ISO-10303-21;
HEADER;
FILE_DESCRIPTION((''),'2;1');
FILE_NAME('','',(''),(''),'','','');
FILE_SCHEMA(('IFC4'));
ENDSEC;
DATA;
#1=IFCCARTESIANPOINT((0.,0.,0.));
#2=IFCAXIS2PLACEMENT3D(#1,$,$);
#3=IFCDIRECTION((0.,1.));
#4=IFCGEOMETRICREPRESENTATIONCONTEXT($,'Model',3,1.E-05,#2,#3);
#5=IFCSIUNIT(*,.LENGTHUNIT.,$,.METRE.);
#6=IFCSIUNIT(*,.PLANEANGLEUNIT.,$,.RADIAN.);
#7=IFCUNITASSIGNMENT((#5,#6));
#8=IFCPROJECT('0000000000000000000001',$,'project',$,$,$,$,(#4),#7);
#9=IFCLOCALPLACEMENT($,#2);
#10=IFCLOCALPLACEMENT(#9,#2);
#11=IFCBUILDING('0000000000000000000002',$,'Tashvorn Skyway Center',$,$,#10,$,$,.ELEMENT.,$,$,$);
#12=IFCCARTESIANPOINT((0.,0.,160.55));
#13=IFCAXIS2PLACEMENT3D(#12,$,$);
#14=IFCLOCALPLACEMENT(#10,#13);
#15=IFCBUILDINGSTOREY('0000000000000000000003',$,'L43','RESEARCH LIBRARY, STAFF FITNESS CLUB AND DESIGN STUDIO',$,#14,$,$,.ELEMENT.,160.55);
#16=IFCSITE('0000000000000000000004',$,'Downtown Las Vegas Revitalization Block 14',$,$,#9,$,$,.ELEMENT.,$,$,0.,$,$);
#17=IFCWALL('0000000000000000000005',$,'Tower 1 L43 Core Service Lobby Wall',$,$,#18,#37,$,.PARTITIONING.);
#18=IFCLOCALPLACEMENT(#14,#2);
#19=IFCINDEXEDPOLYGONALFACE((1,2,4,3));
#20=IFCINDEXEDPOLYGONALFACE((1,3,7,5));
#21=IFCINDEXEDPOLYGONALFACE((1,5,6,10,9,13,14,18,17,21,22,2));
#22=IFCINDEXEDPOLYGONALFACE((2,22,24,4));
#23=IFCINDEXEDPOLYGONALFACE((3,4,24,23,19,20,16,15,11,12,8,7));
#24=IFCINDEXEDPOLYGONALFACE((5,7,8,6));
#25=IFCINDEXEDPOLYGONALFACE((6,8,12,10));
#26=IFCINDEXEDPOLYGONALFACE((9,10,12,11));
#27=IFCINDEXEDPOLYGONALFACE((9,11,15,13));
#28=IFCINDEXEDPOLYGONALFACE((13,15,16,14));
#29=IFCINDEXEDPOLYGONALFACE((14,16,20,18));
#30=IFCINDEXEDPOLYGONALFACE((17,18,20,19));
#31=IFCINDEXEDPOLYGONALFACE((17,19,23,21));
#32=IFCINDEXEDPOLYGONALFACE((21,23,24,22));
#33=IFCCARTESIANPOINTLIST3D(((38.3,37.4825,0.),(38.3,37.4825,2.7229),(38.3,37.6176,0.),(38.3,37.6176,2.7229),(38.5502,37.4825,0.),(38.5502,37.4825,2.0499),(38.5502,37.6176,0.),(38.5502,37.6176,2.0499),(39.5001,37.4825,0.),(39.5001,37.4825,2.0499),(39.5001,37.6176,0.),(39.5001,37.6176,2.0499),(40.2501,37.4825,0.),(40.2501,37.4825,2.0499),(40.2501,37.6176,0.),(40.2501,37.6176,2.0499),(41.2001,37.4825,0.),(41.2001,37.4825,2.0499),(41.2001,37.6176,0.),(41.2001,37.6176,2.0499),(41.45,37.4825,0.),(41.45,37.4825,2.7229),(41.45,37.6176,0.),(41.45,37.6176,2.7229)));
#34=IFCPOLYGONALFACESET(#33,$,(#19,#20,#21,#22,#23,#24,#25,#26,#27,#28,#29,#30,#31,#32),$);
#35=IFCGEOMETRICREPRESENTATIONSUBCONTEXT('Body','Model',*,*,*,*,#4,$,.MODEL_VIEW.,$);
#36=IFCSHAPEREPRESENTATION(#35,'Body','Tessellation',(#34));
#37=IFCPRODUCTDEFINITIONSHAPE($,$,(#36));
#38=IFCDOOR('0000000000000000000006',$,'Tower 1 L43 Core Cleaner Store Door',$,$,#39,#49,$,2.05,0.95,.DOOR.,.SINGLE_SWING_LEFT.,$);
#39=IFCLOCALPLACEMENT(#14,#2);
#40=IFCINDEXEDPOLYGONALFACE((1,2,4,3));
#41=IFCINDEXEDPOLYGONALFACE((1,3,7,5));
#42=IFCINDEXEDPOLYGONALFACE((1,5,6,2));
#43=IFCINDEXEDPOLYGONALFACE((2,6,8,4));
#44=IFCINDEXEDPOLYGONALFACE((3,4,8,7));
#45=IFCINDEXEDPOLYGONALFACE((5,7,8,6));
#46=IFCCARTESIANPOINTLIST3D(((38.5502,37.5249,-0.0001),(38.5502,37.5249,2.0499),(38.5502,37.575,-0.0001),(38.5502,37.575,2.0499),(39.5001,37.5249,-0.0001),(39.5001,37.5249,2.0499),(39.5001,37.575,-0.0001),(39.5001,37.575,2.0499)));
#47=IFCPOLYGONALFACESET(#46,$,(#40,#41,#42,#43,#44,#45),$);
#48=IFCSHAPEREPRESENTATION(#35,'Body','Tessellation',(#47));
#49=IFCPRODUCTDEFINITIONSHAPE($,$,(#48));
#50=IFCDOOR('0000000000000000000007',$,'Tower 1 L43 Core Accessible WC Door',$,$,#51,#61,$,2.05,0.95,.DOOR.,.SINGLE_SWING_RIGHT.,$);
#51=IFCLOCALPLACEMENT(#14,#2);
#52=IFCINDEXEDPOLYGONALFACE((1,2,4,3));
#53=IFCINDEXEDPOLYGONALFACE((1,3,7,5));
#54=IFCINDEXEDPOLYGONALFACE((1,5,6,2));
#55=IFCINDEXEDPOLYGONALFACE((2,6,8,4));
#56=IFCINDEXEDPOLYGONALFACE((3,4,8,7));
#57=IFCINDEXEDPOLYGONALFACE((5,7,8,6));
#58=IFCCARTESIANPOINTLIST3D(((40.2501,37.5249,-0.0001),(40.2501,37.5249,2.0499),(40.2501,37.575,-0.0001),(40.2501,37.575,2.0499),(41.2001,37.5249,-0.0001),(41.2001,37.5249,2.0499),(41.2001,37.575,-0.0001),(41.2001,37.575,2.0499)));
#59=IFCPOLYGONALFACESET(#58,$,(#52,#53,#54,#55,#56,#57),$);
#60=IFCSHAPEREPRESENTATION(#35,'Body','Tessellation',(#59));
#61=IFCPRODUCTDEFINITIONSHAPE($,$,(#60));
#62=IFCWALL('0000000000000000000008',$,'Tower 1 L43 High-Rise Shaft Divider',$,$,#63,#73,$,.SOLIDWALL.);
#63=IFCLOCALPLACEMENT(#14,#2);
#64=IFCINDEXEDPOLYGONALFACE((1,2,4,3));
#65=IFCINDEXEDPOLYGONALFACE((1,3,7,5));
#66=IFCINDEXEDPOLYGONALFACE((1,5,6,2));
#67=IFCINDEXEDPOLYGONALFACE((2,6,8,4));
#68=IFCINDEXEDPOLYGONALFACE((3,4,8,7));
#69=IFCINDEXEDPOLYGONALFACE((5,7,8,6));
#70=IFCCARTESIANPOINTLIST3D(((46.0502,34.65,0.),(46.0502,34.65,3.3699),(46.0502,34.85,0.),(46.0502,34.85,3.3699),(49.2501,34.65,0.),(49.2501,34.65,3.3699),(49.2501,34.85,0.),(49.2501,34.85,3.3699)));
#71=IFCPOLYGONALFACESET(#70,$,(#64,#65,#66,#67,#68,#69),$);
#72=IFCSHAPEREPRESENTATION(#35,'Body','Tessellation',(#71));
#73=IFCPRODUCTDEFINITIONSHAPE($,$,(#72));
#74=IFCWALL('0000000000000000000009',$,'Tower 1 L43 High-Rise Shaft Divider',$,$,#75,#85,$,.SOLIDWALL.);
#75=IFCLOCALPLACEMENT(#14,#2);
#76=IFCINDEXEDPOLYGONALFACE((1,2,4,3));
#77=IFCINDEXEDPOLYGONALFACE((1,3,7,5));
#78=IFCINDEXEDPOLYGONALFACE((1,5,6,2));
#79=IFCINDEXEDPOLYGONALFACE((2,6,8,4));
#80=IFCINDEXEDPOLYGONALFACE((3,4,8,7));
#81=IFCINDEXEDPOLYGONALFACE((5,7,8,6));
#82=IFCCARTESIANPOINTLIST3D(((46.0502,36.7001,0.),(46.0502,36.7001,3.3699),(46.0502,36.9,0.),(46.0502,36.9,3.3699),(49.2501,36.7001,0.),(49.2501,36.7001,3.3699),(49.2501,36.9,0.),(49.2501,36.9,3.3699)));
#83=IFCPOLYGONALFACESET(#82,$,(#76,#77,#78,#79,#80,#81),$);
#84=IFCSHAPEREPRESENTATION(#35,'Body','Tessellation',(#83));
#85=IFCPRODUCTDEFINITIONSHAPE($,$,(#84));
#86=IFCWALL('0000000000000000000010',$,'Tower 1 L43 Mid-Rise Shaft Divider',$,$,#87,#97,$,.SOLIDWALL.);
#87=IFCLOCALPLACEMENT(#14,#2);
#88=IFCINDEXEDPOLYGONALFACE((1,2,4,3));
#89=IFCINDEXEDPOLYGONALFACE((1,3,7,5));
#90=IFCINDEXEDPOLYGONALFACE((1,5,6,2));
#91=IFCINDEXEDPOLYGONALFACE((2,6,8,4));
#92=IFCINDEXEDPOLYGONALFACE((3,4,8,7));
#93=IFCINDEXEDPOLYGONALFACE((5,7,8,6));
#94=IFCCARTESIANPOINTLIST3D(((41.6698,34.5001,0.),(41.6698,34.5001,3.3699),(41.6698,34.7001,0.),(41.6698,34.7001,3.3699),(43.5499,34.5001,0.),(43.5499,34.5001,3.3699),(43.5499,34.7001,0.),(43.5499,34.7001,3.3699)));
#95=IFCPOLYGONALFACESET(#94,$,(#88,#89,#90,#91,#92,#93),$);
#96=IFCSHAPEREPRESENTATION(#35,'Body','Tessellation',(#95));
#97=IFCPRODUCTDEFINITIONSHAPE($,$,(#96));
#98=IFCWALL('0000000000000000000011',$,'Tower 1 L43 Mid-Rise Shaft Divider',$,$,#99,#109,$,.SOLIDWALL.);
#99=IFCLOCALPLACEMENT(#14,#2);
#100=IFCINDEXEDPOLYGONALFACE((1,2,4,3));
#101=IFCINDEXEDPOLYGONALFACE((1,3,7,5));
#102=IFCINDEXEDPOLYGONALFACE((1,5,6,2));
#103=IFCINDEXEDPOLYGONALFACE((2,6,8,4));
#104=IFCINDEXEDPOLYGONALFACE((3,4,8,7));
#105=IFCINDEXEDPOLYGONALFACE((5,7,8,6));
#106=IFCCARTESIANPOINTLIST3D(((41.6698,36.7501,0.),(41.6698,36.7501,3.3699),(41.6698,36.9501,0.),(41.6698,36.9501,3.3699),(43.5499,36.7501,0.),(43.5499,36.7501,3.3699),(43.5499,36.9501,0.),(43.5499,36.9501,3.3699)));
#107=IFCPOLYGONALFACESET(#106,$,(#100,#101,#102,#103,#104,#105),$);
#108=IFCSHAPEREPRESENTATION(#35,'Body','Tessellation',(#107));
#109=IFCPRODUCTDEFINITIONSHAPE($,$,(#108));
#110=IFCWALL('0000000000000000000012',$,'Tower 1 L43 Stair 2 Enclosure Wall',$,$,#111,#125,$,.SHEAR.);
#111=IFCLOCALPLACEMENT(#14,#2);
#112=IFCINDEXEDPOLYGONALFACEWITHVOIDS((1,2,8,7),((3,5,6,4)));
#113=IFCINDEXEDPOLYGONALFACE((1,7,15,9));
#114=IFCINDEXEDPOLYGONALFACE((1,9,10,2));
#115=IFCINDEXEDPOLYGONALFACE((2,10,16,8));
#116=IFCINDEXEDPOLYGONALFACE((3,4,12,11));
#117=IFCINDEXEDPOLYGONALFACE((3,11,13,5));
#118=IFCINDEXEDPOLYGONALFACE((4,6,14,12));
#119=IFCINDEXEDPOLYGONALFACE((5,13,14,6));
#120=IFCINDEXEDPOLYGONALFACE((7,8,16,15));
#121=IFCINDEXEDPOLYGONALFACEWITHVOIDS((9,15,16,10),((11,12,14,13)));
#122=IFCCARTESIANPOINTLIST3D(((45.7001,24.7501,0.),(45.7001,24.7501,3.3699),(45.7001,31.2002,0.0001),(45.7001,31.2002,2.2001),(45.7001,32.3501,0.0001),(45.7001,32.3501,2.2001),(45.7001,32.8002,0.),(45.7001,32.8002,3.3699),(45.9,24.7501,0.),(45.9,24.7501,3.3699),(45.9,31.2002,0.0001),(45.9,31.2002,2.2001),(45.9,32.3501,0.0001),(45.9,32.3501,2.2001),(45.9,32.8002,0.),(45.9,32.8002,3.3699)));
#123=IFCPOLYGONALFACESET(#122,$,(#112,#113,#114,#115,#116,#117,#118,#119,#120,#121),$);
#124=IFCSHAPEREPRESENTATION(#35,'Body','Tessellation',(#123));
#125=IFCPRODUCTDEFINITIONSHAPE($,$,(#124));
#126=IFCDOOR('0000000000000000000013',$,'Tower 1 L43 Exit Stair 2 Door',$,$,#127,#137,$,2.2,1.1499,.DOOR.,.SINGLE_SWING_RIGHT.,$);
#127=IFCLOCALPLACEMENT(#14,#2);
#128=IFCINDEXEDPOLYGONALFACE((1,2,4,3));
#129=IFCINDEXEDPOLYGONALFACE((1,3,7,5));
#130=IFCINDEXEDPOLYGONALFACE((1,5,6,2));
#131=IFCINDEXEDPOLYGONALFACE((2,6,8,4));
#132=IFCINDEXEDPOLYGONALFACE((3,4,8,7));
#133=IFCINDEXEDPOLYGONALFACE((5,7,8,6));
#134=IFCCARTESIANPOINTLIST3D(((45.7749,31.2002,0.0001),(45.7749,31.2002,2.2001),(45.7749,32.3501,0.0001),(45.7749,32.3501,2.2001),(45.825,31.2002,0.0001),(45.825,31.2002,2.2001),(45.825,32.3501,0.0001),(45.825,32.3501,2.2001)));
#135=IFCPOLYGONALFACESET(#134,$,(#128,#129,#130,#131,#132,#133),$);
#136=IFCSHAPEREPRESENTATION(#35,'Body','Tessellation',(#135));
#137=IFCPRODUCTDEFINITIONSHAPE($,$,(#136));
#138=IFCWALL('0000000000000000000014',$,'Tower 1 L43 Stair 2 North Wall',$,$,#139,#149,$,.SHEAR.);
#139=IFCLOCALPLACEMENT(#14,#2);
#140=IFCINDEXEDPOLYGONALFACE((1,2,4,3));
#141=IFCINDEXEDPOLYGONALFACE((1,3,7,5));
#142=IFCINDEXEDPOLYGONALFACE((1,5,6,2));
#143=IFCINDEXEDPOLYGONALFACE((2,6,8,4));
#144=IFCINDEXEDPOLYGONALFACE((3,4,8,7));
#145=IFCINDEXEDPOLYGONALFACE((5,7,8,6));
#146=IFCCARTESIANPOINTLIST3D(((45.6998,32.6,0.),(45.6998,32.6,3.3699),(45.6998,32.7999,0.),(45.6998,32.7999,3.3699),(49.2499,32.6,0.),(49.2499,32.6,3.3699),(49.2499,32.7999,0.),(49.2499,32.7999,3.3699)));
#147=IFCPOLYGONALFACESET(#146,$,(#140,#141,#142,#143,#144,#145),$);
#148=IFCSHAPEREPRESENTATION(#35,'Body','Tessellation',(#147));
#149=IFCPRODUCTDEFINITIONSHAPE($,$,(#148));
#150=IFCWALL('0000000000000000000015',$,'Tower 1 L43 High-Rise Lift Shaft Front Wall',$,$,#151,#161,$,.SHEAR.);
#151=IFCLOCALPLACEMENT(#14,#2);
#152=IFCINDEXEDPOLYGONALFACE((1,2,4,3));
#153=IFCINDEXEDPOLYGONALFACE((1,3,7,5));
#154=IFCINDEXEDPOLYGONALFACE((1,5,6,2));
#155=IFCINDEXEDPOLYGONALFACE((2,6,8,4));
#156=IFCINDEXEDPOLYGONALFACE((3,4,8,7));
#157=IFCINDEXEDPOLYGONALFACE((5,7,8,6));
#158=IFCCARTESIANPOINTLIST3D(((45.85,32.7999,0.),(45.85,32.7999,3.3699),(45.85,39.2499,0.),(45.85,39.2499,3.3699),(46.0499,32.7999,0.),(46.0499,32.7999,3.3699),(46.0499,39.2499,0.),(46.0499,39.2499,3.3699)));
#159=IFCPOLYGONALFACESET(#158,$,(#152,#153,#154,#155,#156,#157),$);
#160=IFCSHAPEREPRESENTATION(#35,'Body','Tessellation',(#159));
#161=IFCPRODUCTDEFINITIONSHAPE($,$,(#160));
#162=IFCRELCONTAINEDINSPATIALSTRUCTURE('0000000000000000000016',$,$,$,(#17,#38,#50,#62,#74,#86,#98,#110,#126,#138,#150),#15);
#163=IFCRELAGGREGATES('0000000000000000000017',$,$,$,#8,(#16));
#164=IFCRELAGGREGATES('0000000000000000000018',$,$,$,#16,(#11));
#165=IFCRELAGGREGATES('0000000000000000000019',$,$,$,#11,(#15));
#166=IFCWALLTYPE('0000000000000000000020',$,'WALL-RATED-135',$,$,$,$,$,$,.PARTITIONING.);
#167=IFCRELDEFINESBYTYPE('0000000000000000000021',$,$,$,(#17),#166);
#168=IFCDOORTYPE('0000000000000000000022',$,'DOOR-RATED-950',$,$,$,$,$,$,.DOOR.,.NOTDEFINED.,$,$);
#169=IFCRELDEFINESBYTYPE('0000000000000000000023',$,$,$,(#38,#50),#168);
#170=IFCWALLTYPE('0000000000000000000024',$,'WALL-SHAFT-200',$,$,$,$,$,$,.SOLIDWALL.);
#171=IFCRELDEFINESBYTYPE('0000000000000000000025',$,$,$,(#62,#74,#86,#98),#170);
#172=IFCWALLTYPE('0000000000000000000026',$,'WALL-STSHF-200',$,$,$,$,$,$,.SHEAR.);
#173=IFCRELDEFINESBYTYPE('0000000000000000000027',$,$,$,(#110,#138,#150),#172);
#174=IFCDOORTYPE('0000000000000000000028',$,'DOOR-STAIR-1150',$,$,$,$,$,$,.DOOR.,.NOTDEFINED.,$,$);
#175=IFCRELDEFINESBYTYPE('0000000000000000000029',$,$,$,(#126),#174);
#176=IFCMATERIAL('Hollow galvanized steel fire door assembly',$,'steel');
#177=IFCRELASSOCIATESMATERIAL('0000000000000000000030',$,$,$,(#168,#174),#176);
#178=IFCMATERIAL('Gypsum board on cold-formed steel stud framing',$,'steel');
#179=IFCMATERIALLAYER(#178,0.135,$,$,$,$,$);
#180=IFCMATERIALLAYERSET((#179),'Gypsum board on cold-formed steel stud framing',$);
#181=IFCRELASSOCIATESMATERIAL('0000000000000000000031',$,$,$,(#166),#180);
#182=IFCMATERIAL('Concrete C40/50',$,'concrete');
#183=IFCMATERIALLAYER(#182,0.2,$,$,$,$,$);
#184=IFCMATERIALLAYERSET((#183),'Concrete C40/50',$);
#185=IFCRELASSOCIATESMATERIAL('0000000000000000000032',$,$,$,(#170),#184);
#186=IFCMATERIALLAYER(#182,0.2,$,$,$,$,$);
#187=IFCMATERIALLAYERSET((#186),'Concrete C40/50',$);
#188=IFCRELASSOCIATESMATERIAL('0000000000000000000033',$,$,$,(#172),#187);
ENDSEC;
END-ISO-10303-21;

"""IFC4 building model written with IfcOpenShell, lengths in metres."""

from ifc_helpers import new_model, si_unit, direction, frame, frame_2d, origin, place, context, subcontext, project, spatial, rectangle, extrude, material, layer, layer_set, type_object, element, fill, save


model = new_model("IFC4")

# Units and contexts
model_context = context("Model", 3, precision=1e-05, world=origin(), true_north=direction((0.0, 1.0)))
body_context = subcontext(model_context, "Body", "Model", "MODEL_VIEW")
ifc_project = project(units=[si_unit("LENGTHUNIT", "METRE"), si_unit("PLANEANGLEUNIT", "RADIAN")], contexts=[model_context])

# Site, building, storey
site_placement = place(None, origin())
site = spatial("IfcSite", under=ifc_project, at=site_placement, Name="Downtown Las Vegas Revitalization Block 14", CompositionType="ELEMENT", RefElevation=0.0)
building_placement = place(site_placement, origin())
building = spatial("IfcBuilding", under=site, at=building_placement, Name="Tashvorn Skyway Center", CompositionType="ELEMENT")
storey_placement = place(building_placement, frame((0.0, 0.0, 160.55)))
storey = spatial("IfcBuildingStorey", under=building, at=storey_placement, Name="L43", Description="RESEARCH LIBRARY, STAFF FITNESS CLUB AND DESIGN STUDIO", CompositionType="ELEMENT", Elevation=160.55)

# Shared definitions
ifc_material_1 = material(Name="Concrete C40/50", Category="concrete")
ifc_material_2 = material(Name="Hollow galvanized steel fire door assembly", Category="steel")
door_type_1 = type_object("IfcDoorType", Name="DOOR-RATED-950", OperationType="NOTDEFINED", PredefinedType="DOOR", material=ifc_material_2)

# Shared definitions
ifc_material_3 = material(Name="Gypsum board on cold-formed steel stud framing", Category="steel")

# Wall, openings, doors
ifc_layer_1 = layer(ifc_material_3, 0.135)
ifc_layer_set_1 = layer_set([ifc_layer_1], Name="Gypsum board on cold-formed steel stud framing")
wall_type_1 = type_object("IfcWallType", Name="WALL-RATED-135", PredefinedType="PARTITIONING", material=ifc_layer_set_1)
wall_1_placement = place(storey_placement, frame((38.3, 37.55, 0.0), z_axis=(0.0, 0.0, 1.0), x_axis=(1.0, 0.0, 0.0)))
wall_1 = element("IfcWall", 1, at=wall_1_placement, inside=storey, type_object=wall_type_1, Name="Tower 1 L43 Core Service Lobby Wall", PredefinedType="PARTITIONING", context=body_context, shape_type="SweptSolid", body=[
    extrude(rectangle(XDim=3.1499, YDim=0.135, at=frame_2d((1.575, 0.0))), origin(), (0.0, 0.0, 1.0), 2.7229),
])
opening_1_placement = place(wall_1_placement, frame((0.25, 0.0, 0.0)))
opening_1 = element("IfcOpeningElement", 2, at=opening_1_placement, cuts=wall_1, PredefinedType="OPENING", context=body_context, shape_type="SweptSolid", body=[
    extrude(rectangle(XDim=0.95, YDim=2.05, at=frame_2d((0.4751, 1.0249))), frame((0.0, 0.0774, 0.0), z_axis=(0.0, -1.0, 0.0), x_axis=(1.0, 0.0, 0.0)), (0.0, 0.0, 1.0), 0.155),
])
opening_2_placement = place(wall_1_placement, frame((1.95, 0.0, 0.0)))
opening_2 = element("IfcOpeningElement", 3, at=opening_2_placement, cuts=wall_1, PredefinedType="OPENING", context=body_context, shape_type="SweptSolid", body=[
    extrude(rectangle(XDim=0.95, YDim=2.05, at=frame_2d((0.4751, 1.0249))), frame((0.0, 0.0774, 0.0), z_axis=(0.0, -1.0, 0.0), x_axis=(1.0, 0.0, 0.0)), (0.0, 0.0, 1.0), 0.155),
])
door_1_placement = place(opening_1_placement, origin())
door_1 = element("IfcDoor", 4, at=door_1_placement, inside=storey, type_object=door_type_1, Name="Tower 1 L43 Core Cleaner Store Door", OperationType="SINGLE_SWING_LEFT", OverallHeight=2.05, OverallWidth=0.95, PredefinedType="DOOR", context=body_context, shape_type="SweptSolid", body=[
    extrude(rectangle(XDim=0.95, YDim=2.05, at=frame_2d((0.4751, 1.0249))), frame((0.0, 0.0249, 0.0), z_axis=(0.0, -1.0, 0.0), x_axis=(1.0, 0.0, 0.0)), (0.0, 0.0, 1.0), 0.05),
])
fill(opening_1, door_1)
door_2_placement = place(opening_2_placement, origin())
door_2 = element("IfcDoor", 5, at=door_2_placement, inside=storey, type_object=door_type_1, Name="Tower 1 L43 Core Accessible WC Door", OperationType="SINGLE_SWING_RIGHT", OverallHeight=2.05, OverallWidth=0.95, PredefinedType="DOOR", context=body_context, shape_type="SweptSolid", body=[
    extrude(rectangle(XDim=0.95, YDim=2.05, at=frame_2d((0.4751, 1.0249))), frame((0.0, 0.0249, 0.0), z_axis=(0.0, -1.0, 0.0), x_axis=(1.0, 0.0, 0.0)), (0.0, 0.0, 1.0), 0.05),
])
fill(opening_2, door_2)

# Walls
ifc_layer_2 = layer(ifc_material_1, 0.2)
ifc_layer_set_2 = layer_set([ifc_layer_2], Name="Concrete C40/50")
wall_type_2 = type_object("IfcWallType", Name="WALL-SHAFT-200", PredefinedType="SOLIDWALL", material=ifc_layer_set_2)
for number, where, z_axis, x_axis, name in (
    (6, (46.05, 34.75, 0.0), (0.0, 0.0, 1.0), (1.0, 0.0, 0.0), "Tower 1 L43 High-Rise Shaft Divider"),
    (7, (46.05, 36.8, 0.0), (0.0, 0.0, 1.0), (1.0, 0.0, 0.0), "Tower 1 L43 High-Rise Shaft Divider"),
):
    element("IfcWall", number, at=place(storey_placement, frame(where, z_axis=z_axis, x_axis=x_axis)), inside=storey, type_object=wall_type_2, Name=name, PredefinedType="SOLIDWALL", context=body_context, shape_type="SweptSolid", body=[
        extrude(rectangle(XDim=3.2, YDim=0.2, at=frame_2d((1.6001, 0.0))), origin(), (0.0, 0.0, 1.0), 3.3699),
    ])
for number, where, z_axis, x_axis, name in (
    (8, (41.6699, 34.6001, 0.0), (0.0, 0.0, 1.0), (1.0, 0.0, 0.0), "Tower 1 L43 Mid-Rise Shaft Divider"),
    (9, (41.6699, 36.8501, 0.0), (0.0, 0.0, 1.0), (1.0, 0.0, 0.0), "Tower 1 L43 Mid-Rise Shaft Divider"),
):
    element("IfcWall", number, at=place(storey_placement, frame(where, z_axis=z_axis, x_axis=x_axis)), inside=storey, type_object=wall_type_2, Name=name, PredefinedType="SOLIDWALL", context=body_context, shape_type="SweptSolid", body=[
        extrude(rectangle(XDim=1.8801, YDim=0.2, at=frame_2d((0.9399, 0.0))), origin(), (0.0, 0.0, 1.0), 3.3699),
    ])

# Wall, opening, door
ifc_layer_3 = layer(ifc_material_1, 0.2)
ifc_layer_set_3 = layer_set([ifc_layer_3], Name="Concrete C40/50")
wall_type_3 = type_object("IfcWallType", Name="WALL-STSHF-200", PredefinedType="SHEAR", material=ifc_layer_set_3)
wall_2_placement = place(storey_placement, frame((45.8, 32.8, 0.0), z_axis=(0.0, 0.0, 1.0), x_axis=(0.0, -1.0, 0.0)))
wall_2 = element("IfcWall", 10, at=wall_2_placement, inside=storey, type_object=wall_type_3, Name="Tower 1 L43 Stair 2 Enclosure Wall", PredefinedType="SHEAR", context=body_context, shape_type="SweptSolid", body=[
    extrude(rectangle(XDim=8.05, YDim=0.2, at=frame_2d((4.0249, 0.0))), origin(), (0.0, 0.0, 1.0), 3.3699),
])
opening_3_placement = place(wall_2_placement, frame((0.45, 0.0, 0.0)))
opening_3 = element("IfcOpeningElement", 11, at=opening_3_placement, cuts=wall_2, PredefinedType="OPENING", context=body_context, shape_type="SweptSolid", body=[
    extrude(rectangle(XDim=1.1499, YDim=2.2, at=frame_2d((0.575, 1.1001))), frame((0.0, 0.1099, 0.0), z_axis=(0.0, -1.0, 0.0), x_axis=(1.0, 0.0, 0.0)), (0.0, 0.0, 1.0), 0.22),
])
door_type_2 = type_object("IfcDoorType", Name="DOOR-STAIR-1150", OperationType="NOTDEFINED", PredefinedType="DOOR", material=ifc_material_2)
door_3_placement = place(opening_3_placement, origin())
door_3 = element("IfcDoor", 12, at=door_3_placement, inside=storey, type_object=door_type_2, Name="Tower 1 L43 Exit Stair 2 Door", OperationType="SINGLE_SWING_RIGHT", OverallHeight=2.2, OverallWidth=1.1499, PredefinedType="DOOR", context=body_context, shape_type="SweptSolid", body=[
    extrude(rectangle(XDim=1.1499, YDim=2.2, at=frame_2d((0.575, 1.1001))), frame((0.0, 0.0249, 0.0), z_axis=(0.0, -1.0, 0.0), x_axis=(1.0, 0.0, 0.0)), (0.0, 0.0, 1.0), 0.05),
])
fill(opening_3, door_3)

# Walls
wall_3_placement = place(storey_placement, frame((45.7, 32.7, 0.0), z_axis=(0.0, 0.0, 1.0), x_axis=(1.0, 0.0, 0.0)))
element("IfcWall", 13, at=wall_3_placement, inside=storey, type_object=wall_type_3, Name="Tower 1 L43 Stair 2 North Wall", PredefinedType="SHEAR", context=body_context, shape_type="SweptSolid", body=[
    extrude(rectangle(XDim=3.55, YDim=0.2, at=frame_2d((1.7749, 0.0))), origin(), (0.0, 0.0, 1.0), 3.3699),
])
wall_4_placement = place(storey_placement, frame((45.95, 39.25, 0.0), z_axis=(0.0, 0.0, 1.0), x_axis=(0.0, -1.0, 0.0)))
element("IfcWall", 14, at=wall_4_placement, inside=storey, type_object=wall_type_3, Name="Tower 1 L43 High-Rise Lift Shaft Front Wall", PredefinedType="SHEAR", context=body_context, shape_type="SweptSolid", body=[
    extrude(rectangle(XDim=6.45, YDim=0.2, at=frame_2d((3.2251, 0.0))), origin(), (0.0, 0.0, 1.0), 3.3699),
])

save(model, "model.ifc")
